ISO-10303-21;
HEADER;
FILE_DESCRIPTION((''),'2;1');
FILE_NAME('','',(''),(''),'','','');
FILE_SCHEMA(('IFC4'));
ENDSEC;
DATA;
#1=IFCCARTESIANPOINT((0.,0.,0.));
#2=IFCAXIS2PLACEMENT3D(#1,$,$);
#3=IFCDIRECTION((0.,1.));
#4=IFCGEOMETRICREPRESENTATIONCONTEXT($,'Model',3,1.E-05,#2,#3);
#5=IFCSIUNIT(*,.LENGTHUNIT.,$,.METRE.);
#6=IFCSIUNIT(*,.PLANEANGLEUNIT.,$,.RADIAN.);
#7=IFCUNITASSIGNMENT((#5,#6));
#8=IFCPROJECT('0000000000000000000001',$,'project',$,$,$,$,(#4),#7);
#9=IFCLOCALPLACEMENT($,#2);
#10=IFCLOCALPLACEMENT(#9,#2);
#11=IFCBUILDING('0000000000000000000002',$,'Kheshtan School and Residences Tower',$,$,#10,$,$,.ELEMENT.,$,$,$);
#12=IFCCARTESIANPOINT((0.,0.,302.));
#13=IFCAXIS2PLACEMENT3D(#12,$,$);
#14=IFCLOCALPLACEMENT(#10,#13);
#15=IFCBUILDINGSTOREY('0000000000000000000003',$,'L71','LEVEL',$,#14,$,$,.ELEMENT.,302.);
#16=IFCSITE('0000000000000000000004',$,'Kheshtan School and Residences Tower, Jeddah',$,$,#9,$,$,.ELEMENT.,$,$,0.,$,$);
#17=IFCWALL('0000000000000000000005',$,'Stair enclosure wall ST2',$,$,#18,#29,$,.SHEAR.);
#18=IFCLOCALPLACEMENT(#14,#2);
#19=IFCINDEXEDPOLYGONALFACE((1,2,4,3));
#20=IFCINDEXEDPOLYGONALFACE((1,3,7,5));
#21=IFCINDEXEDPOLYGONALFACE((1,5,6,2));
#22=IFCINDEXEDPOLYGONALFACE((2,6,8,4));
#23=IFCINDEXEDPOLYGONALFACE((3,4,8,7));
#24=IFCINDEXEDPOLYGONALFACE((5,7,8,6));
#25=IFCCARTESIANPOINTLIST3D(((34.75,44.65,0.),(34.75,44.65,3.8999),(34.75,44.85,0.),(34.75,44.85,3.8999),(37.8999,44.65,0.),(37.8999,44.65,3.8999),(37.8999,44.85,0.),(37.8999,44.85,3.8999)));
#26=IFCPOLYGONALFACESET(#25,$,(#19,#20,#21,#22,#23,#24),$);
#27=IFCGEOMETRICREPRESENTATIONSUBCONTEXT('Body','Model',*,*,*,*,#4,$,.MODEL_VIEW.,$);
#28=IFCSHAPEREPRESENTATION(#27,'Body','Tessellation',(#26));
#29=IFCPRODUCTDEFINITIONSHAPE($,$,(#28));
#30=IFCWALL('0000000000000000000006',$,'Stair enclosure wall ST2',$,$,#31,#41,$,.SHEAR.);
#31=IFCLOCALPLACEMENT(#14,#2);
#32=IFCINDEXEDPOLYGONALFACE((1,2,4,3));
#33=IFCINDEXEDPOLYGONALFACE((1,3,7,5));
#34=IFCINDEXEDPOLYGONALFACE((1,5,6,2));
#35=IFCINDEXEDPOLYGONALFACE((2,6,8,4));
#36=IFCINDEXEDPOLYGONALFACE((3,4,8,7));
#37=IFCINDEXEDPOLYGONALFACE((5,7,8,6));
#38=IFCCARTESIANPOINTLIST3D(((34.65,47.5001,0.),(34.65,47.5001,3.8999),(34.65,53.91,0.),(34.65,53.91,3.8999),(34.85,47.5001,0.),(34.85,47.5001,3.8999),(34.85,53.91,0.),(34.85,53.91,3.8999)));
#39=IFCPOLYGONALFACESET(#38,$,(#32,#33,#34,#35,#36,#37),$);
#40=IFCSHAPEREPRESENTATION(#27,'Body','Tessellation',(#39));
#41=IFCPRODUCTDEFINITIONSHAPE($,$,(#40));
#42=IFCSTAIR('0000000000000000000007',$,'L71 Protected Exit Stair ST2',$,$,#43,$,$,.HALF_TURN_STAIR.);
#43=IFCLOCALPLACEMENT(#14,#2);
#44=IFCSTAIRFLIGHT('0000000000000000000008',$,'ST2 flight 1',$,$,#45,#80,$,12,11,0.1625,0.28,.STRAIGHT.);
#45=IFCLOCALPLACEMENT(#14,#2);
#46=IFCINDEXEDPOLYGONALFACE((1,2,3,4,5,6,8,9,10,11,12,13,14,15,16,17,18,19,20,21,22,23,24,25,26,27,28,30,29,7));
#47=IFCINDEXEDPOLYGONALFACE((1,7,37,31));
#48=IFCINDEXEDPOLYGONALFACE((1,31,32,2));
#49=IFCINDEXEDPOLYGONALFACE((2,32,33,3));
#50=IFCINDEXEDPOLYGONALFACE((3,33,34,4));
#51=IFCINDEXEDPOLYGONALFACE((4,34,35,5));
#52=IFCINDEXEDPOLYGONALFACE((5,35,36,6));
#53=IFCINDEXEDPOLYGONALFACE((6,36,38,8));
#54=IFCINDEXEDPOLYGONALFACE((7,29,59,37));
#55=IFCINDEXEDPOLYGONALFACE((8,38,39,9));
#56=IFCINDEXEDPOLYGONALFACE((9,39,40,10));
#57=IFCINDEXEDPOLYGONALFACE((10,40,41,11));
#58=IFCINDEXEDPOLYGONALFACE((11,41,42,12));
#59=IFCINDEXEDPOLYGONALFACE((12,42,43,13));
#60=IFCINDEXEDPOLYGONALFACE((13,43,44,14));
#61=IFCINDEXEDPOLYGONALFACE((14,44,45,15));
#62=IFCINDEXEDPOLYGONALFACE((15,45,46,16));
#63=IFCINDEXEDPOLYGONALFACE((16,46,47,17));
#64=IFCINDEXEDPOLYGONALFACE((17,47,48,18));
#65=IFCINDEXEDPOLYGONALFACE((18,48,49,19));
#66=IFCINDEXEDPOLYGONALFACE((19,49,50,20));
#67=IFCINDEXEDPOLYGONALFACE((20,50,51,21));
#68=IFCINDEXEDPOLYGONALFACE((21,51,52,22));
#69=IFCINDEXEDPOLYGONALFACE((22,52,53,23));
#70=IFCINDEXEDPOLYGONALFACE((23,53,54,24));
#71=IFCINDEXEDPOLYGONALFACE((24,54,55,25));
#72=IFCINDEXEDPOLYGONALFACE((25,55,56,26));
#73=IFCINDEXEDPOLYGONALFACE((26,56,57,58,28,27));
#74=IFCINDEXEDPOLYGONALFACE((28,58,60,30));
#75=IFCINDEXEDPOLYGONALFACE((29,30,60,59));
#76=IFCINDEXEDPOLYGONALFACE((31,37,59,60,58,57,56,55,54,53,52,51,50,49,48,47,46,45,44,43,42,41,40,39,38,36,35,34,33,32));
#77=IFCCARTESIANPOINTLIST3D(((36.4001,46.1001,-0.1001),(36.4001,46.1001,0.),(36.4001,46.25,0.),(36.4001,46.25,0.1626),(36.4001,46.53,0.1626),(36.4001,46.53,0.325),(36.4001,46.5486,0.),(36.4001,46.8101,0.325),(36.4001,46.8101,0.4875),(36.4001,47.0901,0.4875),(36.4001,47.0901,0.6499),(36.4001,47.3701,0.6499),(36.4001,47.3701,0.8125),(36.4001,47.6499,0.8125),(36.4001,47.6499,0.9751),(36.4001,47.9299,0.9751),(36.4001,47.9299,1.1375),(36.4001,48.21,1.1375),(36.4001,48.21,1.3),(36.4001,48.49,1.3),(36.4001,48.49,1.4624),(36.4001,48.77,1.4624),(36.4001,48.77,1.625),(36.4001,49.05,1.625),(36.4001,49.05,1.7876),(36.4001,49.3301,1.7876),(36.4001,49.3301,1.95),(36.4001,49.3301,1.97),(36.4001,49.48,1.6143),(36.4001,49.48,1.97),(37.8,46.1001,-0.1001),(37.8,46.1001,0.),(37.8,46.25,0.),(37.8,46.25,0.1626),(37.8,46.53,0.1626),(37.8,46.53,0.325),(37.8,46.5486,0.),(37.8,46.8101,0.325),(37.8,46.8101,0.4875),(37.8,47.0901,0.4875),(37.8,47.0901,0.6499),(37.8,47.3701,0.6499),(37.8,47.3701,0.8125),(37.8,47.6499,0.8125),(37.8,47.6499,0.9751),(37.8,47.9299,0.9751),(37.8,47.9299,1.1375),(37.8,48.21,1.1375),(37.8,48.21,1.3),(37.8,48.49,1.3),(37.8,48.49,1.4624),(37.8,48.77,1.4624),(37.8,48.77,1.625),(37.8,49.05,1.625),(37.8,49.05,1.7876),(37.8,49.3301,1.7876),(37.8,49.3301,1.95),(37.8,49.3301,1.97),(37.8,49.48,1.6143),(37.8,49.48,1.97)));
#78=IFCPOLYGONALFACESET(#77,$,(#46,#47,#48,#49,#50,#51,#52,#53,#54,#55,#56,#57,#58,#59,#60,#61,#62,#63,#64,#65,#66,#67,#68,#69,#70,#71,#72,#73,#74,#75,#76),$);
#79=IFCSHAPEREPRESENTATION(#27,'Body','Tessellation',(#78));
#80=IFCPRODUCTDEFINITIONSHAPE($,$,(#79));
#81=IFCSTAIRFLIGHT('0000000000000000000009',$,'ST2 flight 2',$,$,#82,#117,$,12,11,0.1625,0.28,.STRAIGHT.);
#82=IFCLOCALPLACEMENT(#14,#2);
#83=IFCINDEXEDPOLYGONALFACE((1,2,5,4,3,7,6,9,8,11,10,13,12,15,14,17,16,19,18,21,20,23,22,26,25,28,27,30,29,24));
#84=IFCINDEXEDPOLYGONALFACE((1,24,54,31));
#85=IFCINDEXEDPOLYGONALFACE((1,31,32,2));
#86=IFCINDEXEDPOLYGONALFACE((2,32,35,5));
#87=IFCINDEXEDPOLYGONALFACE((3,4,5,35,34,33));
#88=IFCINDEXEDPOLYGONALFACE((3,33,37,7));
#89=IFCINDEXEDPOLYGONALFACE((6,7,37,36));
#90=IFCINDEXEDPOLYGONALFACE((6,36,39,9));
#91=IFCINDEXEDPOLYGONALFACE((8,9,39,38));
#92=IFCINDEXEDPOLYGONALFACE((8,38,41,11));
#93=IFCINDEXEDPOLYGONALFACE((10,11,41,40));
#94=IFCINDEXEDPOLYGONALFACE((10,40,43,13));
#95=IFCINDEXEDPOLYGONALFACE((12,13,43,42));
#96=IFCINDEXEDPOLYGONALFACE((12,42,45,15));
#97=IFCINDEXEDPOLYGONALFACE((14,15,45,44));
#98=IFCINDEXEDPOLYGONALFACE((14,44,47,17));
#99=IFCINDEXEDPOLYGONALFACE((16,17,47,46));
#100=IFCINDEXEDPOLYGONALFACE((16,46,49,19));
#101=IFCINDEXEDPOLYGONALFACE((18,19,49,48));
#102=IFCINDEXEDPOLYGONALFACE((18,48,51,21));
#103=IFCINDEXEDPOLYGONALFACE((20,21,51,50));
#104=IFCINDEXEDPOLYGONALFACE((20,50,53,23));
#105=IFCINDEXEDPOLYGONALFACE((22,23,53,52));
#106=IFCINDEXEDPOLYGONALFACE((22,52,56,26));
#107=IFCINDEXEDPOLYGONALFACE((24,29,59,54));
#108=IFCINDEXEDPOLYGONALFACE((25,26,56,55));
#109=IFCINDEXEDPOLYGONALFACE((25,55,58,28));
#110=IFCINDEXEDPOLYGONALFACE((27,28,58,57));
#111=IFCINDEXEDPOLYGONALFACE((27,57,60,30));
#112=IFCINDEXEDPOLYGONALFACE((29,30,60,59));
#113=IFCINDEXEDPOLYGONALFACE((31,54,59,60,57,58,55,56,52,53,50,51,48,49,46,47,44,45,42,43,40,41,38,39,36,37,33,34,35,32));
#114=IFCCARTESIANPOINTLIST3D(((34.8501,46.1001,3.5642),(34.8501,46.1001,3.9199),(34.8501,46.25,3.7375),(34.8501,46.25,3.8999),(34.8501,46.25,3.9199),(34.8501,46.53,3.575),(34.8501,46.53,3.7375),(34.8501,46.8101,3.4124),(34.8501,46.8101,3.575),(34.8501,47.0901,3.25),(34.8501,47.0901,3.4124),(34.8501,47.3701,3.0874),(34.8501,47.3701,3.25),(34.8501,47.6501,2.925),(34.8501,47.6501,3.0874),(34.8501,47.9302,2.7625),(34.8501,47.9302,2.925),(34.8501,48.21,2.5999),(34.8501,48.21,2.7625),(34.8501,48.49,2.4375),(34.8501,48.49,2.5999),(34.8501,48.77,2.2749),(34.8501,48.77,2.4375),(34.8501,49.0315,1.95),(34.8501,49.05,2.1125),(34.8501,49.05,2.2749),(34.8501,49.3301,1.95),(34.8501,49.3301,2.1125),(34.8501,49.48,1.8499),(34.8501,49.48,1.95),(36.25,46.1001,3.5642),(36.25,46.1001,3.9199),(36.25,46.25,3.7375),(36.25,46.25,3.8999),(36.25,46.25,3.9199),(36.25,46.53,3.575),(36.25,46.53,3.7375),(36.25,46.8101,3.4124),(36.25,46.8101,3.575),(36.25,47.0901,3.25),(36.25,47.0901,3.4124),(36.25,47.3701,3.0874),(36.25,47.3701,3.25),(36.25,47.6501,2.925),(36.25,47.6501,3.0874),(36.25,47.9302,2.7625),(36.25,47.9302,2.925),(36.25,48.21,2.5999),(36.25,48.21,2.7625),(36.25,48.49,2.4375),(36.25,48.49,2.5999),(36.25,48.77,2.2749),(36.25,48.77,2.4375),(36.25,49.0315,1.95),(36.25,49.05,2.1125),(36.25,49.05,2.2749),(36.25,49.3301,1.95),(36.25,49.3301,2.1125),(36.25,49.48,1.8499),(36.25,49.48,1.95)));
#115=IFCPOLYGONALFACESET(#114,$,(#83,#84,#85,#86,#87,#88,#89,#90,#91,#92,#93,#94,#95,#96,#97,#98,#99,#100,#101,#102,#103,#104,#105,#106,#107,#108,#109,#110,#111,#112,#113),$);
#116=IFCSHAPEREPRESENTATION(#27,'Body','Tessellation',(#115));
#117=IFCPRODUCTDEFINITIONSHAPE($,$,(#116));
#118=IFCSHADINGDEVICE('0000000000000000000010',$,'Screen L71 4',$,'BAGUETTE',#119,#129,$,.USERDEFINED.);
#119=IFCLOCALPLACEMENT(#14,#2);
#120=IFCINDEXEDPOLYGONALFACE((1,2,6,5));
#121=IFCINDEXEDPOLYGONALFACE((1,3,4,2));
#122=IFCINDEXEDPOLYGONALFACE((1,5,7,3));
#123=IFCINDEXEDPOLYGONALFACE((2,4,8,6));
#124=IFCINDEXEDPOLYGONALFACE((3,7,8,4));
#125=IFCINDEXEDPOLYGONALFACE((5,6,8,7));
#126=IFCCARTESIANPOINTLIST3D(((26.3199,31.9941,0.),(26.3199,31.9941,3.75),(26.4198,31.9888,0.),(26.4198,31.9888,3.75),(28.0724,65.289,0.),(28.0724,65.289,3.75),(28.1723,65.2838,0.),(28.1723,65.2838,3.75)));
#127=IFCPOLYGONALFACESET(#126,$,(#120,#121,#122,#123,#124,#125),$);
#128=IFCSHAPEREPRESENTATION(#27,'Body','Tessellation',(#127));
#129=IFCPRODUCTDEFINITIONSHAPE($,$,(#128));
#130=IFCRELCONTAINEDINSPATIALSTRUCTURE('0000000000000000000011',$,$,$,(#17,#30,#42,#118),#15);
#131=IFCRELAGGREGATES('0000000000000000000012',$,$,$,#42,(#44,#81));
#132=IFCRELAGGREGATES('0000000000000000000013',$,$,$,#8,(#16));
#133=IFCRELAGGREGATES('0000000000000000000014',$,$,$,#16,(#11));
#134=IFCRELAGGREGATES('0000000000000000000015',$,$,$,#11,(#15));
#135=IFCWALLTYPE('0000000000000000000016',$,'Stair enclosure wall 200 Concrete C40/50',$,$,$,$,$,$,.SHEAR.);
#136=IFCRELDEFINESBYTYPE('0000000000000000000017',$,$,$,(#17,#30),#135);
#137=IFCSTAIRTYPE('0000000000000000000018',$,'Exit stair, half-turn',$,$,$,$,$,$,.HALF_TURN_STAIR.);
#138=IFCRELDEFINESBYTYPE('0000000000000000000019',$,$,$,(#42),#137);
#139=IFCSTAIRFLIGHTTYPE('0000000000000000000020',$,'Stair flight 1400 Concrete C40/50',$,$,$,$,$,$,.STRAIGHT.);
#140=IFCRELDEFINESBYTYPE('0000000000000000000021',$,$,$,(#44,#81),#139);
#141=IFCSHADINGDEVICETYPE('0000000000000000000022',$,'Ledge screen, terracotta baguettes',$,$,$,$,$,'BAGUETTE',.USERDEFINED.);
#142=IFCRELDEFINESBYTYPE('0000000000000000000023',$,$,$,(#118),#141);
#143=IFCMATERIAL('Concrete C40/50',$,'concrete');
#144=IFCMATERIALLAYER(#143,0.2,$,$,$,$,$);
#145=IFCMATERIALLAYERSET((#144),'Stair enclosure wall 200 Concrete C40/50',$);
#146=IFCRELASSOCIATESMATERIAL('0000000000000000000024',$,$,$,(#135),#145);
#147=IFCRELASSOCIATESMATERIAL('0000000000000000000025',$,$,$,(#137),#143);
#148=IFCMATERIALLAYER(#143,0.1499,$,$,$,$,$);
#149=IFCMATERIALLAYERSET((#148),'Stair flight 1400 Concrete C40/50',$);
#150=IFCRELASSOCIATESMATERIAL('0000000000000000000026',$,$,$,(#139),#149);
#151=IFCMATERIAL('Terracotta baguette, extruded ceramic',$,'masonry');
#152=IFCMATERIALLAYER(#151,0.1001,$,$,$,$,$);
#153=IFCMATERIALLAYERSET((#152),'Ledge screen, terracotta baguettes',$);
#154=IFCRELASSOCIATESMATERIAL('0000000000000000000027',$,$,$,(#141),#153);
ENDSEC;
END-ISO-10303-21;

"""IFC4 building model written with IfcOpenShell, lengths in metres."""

from ifc_helpers import new_model, si_unit, direction, frame, frame_2d, origin, origin_2d, place, context, subcontext, project, spatial, polyline, rectangle, outline, extrude, material, layer, layer_set, type_object, element, aggregate, save


model = new_model("IFC4")

# Units and contexts
model_context = context("Model", 3, precision=1e-05, world=origin(), true_north=direction((0.0, 1.0)))
body_context = subcontext(model_context, "Body", "Model", "MODEL_VIEW")
ifc_project = project(units=[si_unit("LENGTHUNIT", "METRE"), si_unit("PLANEANGLEUNIT", "RADIAN")], contexts=[model_context])

# Site, building, storey
site_placement = place(None, origin())
site = spatial("IfcSite", under=ifc_project, at=site_placement, Name="Kheshtan School and Residences Tower, Jeddah", CompositionType="ELEMENT", RefElevation=0.0)
building_placement = place(site_placement, origin())
building = spatial("IfcBuilding", under=site, at=building_placement, Name="Kheshtan School and Residences Tower", CompositionType="ELEMENT")
storey_placement = place(building_placement, frame((0.0, 0.0, 302.0)))
storey = spatial("IfcBuildingStorey", under=building, at=storey_placement, Name="L71", Description="LEVEL", CompositionType="ELEMENT", Elevation=302.0)

# Walls
ifc_material_1 = material(Name="Concrete C40/50", Category="concrete")
ifc_layer_1 = layer(ifc_material_1, 0.2)
ifc_layer_set_1 = layer_set([ifc_layer_1], Name="Stair enclosure wall 200 Concrete C40/50")
wall_type_1 = type_object("IfcWallType", Name="Stair enclosure wall 200 Concrete C40/50", PredefinedType="SHEAR", material=ifc_layer_set_1)
wall_1_placement = place(storey_placement, frame((34.75, 44.75, 0.0), z_axis=(0.0, 0.0, 1.0), x_axis=(1.0, 0.0, 0.0)))
element("IfcWall", 1, at=wall_1_placement, inside=storey, type_object=wall_type_1, Name="Stair enclosure wall ST2", PredefinedType="SHEAR", context=body_context, shape_type="SweptSolid", body=[
    extrude(rectangle(XDim=3.1499, YDim=0.2, at=frame_2d((1.575, 0.0))), origin(), (0.0, 0.0, 1.0), 3.8999),
])
wall_2_placement = place(storey_placement, frame((34.75, 47.5, 0.0), z_axis=(0.0, 0.0, 1.0), x_axis=(0.0, 1.0, 0.0)))
element("IfcWall", 2, at=wall_2_placement, inside=storey, type_object=wall_type_1, Name="Stair enclosure wall ST2", PredefinedType="SHEAR", context=body_context, shape_type="SweptSolid", body=[
    extrude(rectangle(XDim=6.4099, YDim=0.2, at=frame_2d((3.2051, 0.0))), origin(), (0.0, 0.0, 1.0), 3.8999),
])

# Stair, stair flights
stair_type = type_object("IfcStairType", Name="Exit stair, half-turn", PredefinedType="HALF_TURN_STAIR", material=ifc_material_1)
stair_placement = place(storey_placement, origin())
stair = element("IfcStair", 3, at=stair_placement, inside=storey, type_object=stair_type, Name="L71 Protected Exit Stair ST2", PredefinedType="HALF_TURN_STAIR")
ifc_layer_2 = layer(ifc_material_1, 0.1499)
ifc_layer_set_2 = layer_set([ifc_layer_2], Name="Stair flight 1400 Concrete C40/50")
stair_flight_type = type_object("IfcStairFlightType", Name="Stair flight 1400 Concrete C40/50", PredefinedType="STRAIGHT", material=ifc_layer_set_2)
stair_flight_1_placement = place(storey_placement, frame((37.1001, 46.25, 0.0), z_axis=(0.0, 0.0, 1.0), x_axis=(0.0, 1.0, 0.0)))
stair_flight_1 = element("IfcStairFlight", 4, at=stair_flight_1_placement, type_object=stair_flight_type, Name="ST2 flight 1", NumberOfRisers=12, NumberOfTreads=11, PredefinedType="STRAIGHT", RiserHeight=0.1625, TreadLength=0.28, context=body_context, shape_type="SweptSolid", body=[
    extrude(outline(polyline([(-0.1499, -0.1001), (-0.1499, 0.0), (0.0, 0.0), (0.0, 0.1626), (0.28, 0.1626), (0.28, 0.325), (0.5601, 0.325), (0.5601, 0.4875), (0.8401, 0.4875), (0.8401, 0.6499), (1.1201, 0.6499), (1.1201, 0.8125), (1.3999, 0.8125), (1.3999, 0.9751), (1.6799, 0.9751), (1.6799, 1.1375), (1.96, 1.1375), (1.96, 1.3), (2.24, 1.3), (2.24, 1.4624), (2.52, 1.4624), (2.52, 1.625), (2.8, 1.625), (2.8, 1.7876), (3.0801, 1.7876), (3.0801, 1.95), (3.0801, 1.97), (3.23, 1.97), (3.23, 1.6143), (0.2986, 0.0), (-0.1499, -0.1001)])), frame((0.0, 0.7, 0.0), z_axis=(0.0, -1.0, 0.0), x_axis=(1.0, 0.0, 0.0)), (0.0, 0.0, 1.0), 1.3999),
])
stair_flight_2_placement = place(storey_placement, frame((35.55, 49.3301, 1.95), z_axis=(0.0, 0.0, 1.0), x_axis=(0.0, -1.0, 0.0)))
stair_flight_2 = element("IfcStairFlight", 5, at=stair_flight_2_placement, type_object=stair_flight_type, Name="ST2 flight 2", NumberOfRisers=12, NumberOfTreads=11, PredefinedType="STRAIGHT", RiserHeight=0.1625, TreadLength=0.28, context=body_context, shape_type="SweptSolid", body=[
    extrude(outline(polyline([(-0.1499, -0.1001), (-0.1499, 0.0), (0.0, 0.0), (0.0, 0.1626), (0.28, 0.1626), (0.28, 0.325), (0.5601, 0.325), (0.5601, 0.4875), (0.8401, 0.4875), (0.8401, 0.6499), (1.1201, 0.6499), (1.1201, 0.8125), (1.3999, 0.8125), (1.3999, 0.9751), (1.6799, 0.9751), (1.6799, 1.1375), (1.96, 1.1375), (1.96, 1.3), (2.24, 1.3), (2.24, 1.4624), (2.52, 1.4624), (2.52, 1.625), (2.8, 1.625), (2.8, 1.7876), (3.0801, 1.7876), (3.0801, 1.95), (3.0801, 1.97), (3.23, 1.97), (3.23, 1.6143), (0.2986, 0.0), (-0.1499, -0.1001)])), frame((0.0, 0.7, 0.0), z_axis=(0.0, -1.0, 0.0), x_axis=(1.0, 0.0, 0.0)), (0.0, 0.0, 1.0), 1.3999),
])
aggregate(stair, [stair_flight_1, stair_flight_2])

# Shading device
ifc_material_2 = material(Name="Terracotta baguette, extruded ceramic", Category="masonry")
ifc_layer_3 = layer(ifc_material_2, 0.1001)
ifc_layer_set_3 = layer_set([ifc_layer_3], Name="Ledge screen, terracotta baguettes")
shading_device_type = type_object("IfcShadingDeviceType", Name="Ledge screen, terracotta baguettes", ElementType="BAGUETTE", PredefinedType="USERDEFINED", material=ifc_layer_set_3)
shading_device_placement = place(storey_placement, frame((27.2461, 48.6389, 0.0), z_axis=(0.0, 0.0, 1.0), x_axis=(0.052563, 0.998618, 0.0)))
element("IfcShadingDevice", 6, at=shading_device_placement, inside=storey, type_object=shading_device_type, Name="Screen L71 4", ObjectType="BAGUETTE", PredefinedType="USERDEFINED", context=body_context, shape_type="SweptSolid", body=[
    extrude(rectangle(XDim=33.3411, YDim=0.1001, at=origin_2d()), origin(), (0.0, 0.0, 1.0), 3.75),
])

save(model, "model.ifc")
